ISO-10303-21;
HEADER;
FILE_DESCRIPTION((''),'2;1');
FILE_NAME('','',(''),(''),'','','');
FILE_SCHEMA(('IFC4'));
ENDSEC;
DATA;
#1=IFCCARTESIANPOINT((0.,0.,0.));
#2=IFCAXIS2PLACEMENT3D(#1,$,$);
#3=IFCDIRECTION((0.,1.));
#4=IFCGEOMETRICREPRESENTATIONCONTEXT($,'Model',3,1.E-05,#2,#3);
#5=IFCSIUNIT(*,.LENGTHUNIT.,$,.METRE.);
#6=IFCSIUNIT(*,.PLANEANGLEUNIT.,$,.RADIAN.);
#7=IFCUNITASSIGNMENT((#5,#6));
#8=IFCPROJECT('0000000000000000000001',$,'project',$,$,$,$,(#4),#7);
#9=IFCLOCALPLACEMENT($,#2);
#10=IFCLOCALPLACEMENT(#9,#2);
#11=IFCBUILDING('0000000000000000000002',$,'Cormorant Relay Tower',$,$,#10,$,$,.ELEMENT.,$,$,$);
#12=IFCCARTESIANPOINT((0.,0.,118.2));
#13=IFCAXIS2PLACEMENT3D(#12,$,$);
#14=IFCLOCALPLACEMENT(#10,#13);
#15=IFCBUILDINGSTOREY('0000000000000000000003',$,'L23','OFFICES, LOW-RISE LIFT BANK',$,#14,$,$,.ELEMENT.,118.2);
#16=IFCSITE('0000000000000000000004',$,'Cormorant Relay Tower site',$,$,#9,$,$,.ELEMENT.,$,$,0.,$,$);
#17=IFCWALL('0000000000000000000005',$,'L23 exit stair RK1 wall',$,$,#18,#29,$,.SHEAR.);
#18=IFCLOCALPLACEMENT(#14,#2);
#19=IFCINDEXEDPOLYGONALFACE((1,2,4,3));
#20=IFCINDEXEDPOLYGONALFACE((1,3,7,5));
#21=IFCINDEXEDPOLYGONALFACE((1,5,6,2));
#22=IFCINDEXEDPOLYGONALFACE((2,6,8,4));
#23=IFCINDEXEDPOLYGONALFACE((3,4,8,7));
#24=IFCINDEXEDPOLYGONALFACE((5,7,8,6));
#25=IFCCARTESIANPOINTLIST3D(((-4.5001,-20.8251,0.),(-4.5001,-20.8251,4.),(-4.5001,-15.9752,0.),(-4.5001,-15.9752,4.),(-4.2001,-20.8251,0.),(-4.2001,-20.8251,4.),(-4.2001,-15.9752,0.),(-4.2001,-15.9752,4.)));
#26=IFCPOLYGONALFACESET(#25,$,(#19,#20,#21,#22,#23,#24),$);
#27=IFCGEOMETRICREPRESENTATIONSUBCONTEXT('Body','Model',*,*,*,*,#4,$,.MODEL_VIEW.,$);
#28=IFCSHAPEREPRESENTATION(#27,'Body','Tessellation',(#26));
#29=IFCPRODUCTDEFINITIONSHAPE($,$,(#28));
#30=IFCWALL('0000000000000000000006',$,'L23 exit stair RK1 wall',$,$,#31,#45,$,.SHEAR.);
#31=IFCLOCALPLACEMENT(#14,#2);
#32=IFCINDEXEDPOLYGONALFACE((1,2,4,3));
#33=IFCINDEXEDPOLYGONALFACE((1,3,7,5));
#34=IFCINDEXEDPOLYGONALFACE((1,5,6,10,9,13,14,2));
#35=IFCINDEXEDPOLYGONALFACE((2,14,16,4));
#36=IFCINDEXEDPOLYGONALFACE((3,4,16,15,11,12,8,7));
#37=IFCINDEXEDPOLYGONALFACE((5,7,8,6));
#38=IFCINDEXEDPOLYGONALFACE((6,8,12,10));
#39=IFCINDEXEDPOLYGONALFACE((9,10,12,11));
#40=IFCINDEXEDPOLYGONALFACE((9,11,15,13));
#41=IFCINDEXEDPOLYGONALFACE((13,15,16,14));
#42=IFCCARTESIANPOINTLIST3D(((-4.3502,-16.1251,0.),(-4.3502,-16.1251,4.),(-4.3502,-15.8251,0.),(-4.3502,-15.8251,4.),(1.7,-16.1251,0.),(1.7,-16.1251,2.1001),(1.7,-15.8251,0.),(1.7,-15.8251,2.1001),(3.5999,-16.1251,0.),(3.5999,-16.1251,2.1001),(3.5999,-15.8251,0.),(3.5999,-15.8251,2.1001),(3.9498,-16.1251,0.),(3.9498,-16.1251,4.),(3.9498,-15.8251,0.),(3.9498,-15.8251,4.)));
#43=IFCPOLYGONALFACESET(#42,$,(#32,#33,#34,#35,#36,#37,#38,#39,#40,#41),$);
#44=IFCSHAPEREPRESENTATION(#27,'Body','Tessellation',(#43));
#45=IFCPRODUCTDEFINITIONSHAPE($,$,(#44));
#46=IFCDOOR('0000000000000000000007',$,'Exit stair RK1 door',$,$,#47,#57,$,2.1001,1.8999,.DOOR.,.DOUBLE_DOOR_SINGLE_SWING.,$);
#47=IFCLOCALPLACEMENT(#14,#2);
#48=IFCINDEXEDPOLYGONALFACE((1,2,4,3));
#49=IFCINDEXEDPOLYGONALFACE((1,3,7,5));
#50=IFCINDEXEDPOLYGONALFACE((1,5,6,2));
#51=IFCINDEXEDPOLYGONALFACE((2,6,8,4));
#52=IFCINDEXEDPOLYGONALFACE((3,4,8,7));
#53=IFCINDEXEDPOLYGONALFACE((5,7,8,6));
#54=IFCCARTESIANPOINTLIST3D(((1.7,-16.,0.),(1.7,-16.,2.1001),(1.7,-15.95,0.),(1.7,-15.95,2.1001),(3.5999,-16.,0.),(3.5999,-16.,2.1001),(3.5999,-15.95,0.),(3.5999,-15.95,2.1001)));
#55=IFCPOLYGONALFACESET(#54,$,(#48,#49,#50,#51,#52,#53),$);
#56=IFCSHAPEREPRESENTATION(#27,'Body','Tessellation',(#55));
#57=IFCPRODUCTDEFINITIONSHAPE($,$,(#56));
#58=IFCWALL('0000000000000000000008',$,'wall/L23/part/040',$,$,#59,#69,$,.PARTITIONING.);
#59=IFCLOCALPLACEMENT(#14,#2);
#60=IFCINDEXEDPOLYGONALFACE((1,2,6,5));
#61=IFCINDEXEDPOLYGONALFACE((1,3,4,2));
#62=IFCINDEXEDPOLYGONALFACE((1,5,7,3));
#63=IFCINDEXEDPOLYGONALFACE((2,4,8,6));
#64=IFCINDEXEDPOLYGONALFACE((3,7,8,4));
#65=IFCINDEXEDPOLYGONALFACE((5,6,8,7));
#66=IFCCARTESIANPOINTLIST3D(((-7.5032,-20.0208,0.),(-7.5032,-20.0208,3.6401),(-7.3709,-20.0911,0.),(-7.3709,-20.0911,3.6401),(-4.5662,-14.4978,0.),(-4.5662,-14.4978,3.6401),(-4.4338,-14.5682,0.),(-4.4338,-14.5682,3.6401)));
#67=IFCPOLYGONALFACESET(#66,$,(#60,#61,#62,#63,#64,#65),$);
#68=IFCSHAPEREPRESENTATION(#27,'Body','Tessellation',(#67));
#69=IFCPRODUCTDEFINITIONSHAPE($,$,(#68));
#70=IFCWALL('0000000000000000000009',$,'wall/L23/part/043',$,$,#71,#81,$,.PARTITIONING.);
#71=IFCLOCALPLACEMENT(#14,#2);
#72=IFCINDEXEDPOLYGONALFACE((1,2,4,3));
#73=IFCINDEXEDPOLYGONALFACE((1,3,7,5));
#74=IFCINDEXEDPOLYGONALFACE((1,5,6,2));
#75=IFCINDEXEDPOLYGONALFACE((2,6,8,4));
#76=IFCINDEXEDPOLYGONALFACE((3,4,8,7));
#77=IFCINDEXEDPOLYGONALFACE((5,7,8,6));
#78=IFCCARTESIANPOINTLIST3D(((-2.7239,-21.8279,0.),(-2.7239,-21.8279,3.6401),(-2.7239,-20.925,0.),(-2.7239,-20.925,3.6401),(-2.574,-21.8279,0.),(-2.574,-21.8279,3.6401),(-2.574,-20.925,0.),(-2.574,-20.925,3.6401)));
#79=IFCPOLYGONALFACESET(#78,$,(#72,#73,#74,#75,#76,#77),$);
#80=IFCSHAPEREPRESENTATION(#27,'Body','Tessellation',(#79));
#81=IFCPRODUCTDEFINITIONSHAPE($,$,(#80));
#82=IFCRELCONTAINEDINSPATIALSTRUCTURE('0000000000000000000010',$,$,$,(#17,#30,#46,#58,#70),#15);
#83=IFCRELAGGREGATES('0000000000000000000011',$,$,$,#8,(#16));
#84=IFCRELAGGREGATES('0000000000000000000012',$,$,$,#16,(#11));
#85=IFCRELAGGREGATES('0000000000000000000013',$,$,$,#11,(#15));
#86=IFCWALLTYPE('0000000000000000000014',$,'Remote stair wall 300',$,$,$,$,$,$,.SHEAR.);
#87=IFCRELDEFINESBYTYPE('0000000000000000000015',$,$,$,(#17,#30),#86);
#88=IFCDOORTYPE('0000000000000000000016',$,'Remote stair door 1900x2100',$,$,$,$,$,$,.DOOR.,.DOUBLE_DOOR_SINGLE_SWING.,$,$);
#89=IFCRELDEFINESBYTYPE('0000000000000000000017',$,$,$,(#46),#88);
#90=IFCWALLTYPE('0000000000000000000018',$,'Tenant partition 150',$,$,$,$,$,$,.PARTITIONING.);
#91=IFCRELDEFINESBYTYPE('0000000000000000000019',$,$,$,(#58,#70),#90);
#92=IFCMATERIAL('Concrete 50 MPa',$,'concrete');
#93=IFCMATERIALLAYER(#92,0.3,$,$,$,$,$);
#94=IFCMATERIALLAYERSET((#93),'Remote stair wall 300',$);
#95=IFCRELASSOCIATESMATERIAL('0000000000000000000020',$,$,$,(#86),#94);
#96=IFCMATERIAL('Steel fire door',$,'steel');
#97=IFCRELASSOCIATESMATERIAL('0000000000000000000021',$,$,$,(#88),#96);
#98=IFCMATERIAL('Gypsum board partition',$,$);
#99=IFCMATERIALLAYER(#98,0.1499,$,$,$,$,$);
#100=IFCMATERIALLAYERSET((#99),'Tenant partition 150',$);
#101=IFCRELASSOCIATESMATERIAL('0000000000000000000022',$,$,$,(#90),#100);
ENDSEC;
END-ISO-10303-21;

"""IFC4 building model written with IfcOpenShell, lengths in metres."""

from ifc_helpers import new_model, si_unit, direction, frame, frame_2d, origin, place, context, subcontext, project, spatial, rectangle, extrude, material, layer, layer_set, type_object, element, fill, save


model = new_model("IFC4")

# Units and contexts
model_context = context("Model", 3, precision=1e-05, world=origin(), true_north=direction((0.0, 1.0)))
body_context = subcontext(model_context, "Body", "Model", "MODEL_VIEW")
ifc_project = project(units=[si_unit("LENGTHUNIT", "METRE"), si_unit("PLANEANGLEUNIT", "RADIAN")], contexts=[model_context])

# Site, building, storey
site_placement = place(None, origin())
site = spatial("IfcSite", under=ifc_project, at=site_placement, Name="Cormorant Relay Tower site", CompositionType="ELEMENT", RefElevation=0.0)
building_placement = place(site_placement, origin())
building = spatial("IfcBuilding", under=site, at=building_placement, Name="Cormorant Relay Tower", CompositionType="ELEMENT")
storey_placement = place(building_placement, frame((0.0, 0.0, 118.2)))
storey = spatial("IfcBuildingStorey", under=building, at=storey_placement, Name="L23", Description="OFFICES, LOW-RISE LIFT BANK", CompositionType="ELEMENT", Elevation=118.2)

# Wall
ifc_material_1 = material(Name="Concrete 50 MPa", Category="concrete")
ifc_layer_1 = layer(ifc_material_1, 0.3)
ifc_layer_set_1 = layer_set([ifc_layer_1], Name="Remote stair wall 300")
wall_type_1 = type_object("IfcWallType", Name="Remote stair wall 300", PredefinedType="SHEAR", material=ifc_layer_set_1)
wall_1_placement = place(storey_placement, frame((-4.3501, -20.825, 0.0), z_axis=(0.0, 0.0, 1.0), x_axis=(0.0, 1.0, 0.0)))
element("IfcWall", 1, at=wall_1_placement, inside=storey, type_object=wall_type_1, Name="L23 exit stair RK1 wall", PredefinedType="SHEAR", context=body_context, shape_type="SweptSolid", body=[
    extrude(rectangle(XDim=4.8499, YDim=0.3, at=frame_2d((2.4248, 0.0))), origin(), (0.0, 0.0, 1.0), 4.0),
])

# Wall, opening, door
wall_2_placement = place(storey_placement, frame((-4.3501, -15.9751, 0.0), z_axis=(0.0, 0.0, 1.0), x_axis=(1.0, 0.0, 0.0)))
wall_2 = element("IfcWall", 2, at=wall_2_placement, inside=storey, type_object=wall_type_1, Name="L23 exit stair RK1 wall", PredefinedType="SHEAR", context=body_context, shape_type="SweptSolid", body=[
    extrude(rectangle(XDim=8.3, YDim=0.3, at=frame_2d((4.1499, 0.0))), origin(), (0.0, 0.0, 1.0), 4.0),
])
opening_1_placement = place(wall_2_placement, frame((6.05, 0.0, 0.0)))
opening_1 = element("IfcOpeningElement", 3, at=opening_1_placement, cuts=wall_2, PredefinedType="OPENING", context=body_context, shape_type="SweptSolid", body=[
    extrude(rectangle(XDim=1.8999, YDim=2.1001, at=frame_2d((0.95, 1.05))), frame((0.0, 0.1599, 0.0), z_axis=(0.0, -1.0, 0.0), x_axis=(1.0, 0.0, 0.0)), (0.0, 0.0, 1.0), 0.3201),
])
ifc_material_2 = material(Name="Steel fire door", Category="steel")
door_type_1 = type_object("IfcDoorType", Name="Remote stair door 1900x2100", OperationType="DOUBLE_DOOR_SINGLE_SWING", PredefinedType="DOOR", material=ifc_material_2)
door_1_placement = place(opening_1_placement, frame((1.8999, 0.0, 0.0), z_axis=(0.0, 0.0, 1.0), x_axis=(-1.0, 0.0, 0.0)))
door_1 = element("IfcDoor", 4, at=door_1_placement, inside=storey, type_object=door_type_1, Name="Exit stair RK1 door", OperationType="DOUBLE_DOOR_SINGLE_SWING", OverallHeight=2.1001, OverallWidth=1.8999, PredefinedType="DOOR", context=body_context, shape_type="SweptSolid", body=[
    extrude(rectangle(XDim=1.8999, YDim=2.1001, at=frame_2d((0.95, 1.05))), frame((0.0, 0.0249, 0.0), z_axis=(0.0, -1.0, 0.0), x_axis=(1.0, 0.0, 0.0)), (0.0, 0.0, 1.0), 0.05),
])
fill(opening_1, door_1)

# Walls
ifc_material_3 = material(Name="Gypsum board partition")
ifc_layer_2 = layer(ifc_material_3, 0.1499)
ifc_layer_set_2 = layer_set([ifc_layer_2], Name="Tenant partition 150")
wall_type_2 = type_object("IfcWallType", Name="Tenant partition 150", PredefinedType="PARTITIONING", material=ifc_layer_set_2)
wall_3_placement = place(storey_placement, frame((-4.5, -14.533, 0.0), z_axis=(0.0, 0.0, 1.0), x_axis=(-0.469522, -0.882921, 0.0)))
element("IfcWall", 5, at=wall_3_placement, inside=storey, type_object=wall_type_2, Name="wall/L23/part/040", PredefinedType="PARTITIONING", context=body_context, shape_type="SweptSolid", body=[
    extrude(rectangle(XDim=6.2554, YDim=0.1499, at=frame_2d((3.1277, 0.0))), origin(), (0.0, 0.0, 1.0), 3.6401),
])
wall_4_placement = place(storey_placement, frame((-2.6489, -21.8279, 0.0), z_axis=(0.0, 0.0, 1.0), x_axis=(0.0, 1.0, 0.0)))
element("IfcWall", 6, at=wall_4_placement, inside=storey, type_object=wall_type_2, Name="wall/L23/part/043", PredefinedType="PARTITIONING", context=body_context, shape_type="SweptSolid", body=[
    extrude(rectangle(XDim=0.9028, YDim=0.1499, at=frame_2d((0.4514, 0.0))), origin(), (0.0, 0.0, 1.0), 3.6401),
])

save(model, "model.ifc")
